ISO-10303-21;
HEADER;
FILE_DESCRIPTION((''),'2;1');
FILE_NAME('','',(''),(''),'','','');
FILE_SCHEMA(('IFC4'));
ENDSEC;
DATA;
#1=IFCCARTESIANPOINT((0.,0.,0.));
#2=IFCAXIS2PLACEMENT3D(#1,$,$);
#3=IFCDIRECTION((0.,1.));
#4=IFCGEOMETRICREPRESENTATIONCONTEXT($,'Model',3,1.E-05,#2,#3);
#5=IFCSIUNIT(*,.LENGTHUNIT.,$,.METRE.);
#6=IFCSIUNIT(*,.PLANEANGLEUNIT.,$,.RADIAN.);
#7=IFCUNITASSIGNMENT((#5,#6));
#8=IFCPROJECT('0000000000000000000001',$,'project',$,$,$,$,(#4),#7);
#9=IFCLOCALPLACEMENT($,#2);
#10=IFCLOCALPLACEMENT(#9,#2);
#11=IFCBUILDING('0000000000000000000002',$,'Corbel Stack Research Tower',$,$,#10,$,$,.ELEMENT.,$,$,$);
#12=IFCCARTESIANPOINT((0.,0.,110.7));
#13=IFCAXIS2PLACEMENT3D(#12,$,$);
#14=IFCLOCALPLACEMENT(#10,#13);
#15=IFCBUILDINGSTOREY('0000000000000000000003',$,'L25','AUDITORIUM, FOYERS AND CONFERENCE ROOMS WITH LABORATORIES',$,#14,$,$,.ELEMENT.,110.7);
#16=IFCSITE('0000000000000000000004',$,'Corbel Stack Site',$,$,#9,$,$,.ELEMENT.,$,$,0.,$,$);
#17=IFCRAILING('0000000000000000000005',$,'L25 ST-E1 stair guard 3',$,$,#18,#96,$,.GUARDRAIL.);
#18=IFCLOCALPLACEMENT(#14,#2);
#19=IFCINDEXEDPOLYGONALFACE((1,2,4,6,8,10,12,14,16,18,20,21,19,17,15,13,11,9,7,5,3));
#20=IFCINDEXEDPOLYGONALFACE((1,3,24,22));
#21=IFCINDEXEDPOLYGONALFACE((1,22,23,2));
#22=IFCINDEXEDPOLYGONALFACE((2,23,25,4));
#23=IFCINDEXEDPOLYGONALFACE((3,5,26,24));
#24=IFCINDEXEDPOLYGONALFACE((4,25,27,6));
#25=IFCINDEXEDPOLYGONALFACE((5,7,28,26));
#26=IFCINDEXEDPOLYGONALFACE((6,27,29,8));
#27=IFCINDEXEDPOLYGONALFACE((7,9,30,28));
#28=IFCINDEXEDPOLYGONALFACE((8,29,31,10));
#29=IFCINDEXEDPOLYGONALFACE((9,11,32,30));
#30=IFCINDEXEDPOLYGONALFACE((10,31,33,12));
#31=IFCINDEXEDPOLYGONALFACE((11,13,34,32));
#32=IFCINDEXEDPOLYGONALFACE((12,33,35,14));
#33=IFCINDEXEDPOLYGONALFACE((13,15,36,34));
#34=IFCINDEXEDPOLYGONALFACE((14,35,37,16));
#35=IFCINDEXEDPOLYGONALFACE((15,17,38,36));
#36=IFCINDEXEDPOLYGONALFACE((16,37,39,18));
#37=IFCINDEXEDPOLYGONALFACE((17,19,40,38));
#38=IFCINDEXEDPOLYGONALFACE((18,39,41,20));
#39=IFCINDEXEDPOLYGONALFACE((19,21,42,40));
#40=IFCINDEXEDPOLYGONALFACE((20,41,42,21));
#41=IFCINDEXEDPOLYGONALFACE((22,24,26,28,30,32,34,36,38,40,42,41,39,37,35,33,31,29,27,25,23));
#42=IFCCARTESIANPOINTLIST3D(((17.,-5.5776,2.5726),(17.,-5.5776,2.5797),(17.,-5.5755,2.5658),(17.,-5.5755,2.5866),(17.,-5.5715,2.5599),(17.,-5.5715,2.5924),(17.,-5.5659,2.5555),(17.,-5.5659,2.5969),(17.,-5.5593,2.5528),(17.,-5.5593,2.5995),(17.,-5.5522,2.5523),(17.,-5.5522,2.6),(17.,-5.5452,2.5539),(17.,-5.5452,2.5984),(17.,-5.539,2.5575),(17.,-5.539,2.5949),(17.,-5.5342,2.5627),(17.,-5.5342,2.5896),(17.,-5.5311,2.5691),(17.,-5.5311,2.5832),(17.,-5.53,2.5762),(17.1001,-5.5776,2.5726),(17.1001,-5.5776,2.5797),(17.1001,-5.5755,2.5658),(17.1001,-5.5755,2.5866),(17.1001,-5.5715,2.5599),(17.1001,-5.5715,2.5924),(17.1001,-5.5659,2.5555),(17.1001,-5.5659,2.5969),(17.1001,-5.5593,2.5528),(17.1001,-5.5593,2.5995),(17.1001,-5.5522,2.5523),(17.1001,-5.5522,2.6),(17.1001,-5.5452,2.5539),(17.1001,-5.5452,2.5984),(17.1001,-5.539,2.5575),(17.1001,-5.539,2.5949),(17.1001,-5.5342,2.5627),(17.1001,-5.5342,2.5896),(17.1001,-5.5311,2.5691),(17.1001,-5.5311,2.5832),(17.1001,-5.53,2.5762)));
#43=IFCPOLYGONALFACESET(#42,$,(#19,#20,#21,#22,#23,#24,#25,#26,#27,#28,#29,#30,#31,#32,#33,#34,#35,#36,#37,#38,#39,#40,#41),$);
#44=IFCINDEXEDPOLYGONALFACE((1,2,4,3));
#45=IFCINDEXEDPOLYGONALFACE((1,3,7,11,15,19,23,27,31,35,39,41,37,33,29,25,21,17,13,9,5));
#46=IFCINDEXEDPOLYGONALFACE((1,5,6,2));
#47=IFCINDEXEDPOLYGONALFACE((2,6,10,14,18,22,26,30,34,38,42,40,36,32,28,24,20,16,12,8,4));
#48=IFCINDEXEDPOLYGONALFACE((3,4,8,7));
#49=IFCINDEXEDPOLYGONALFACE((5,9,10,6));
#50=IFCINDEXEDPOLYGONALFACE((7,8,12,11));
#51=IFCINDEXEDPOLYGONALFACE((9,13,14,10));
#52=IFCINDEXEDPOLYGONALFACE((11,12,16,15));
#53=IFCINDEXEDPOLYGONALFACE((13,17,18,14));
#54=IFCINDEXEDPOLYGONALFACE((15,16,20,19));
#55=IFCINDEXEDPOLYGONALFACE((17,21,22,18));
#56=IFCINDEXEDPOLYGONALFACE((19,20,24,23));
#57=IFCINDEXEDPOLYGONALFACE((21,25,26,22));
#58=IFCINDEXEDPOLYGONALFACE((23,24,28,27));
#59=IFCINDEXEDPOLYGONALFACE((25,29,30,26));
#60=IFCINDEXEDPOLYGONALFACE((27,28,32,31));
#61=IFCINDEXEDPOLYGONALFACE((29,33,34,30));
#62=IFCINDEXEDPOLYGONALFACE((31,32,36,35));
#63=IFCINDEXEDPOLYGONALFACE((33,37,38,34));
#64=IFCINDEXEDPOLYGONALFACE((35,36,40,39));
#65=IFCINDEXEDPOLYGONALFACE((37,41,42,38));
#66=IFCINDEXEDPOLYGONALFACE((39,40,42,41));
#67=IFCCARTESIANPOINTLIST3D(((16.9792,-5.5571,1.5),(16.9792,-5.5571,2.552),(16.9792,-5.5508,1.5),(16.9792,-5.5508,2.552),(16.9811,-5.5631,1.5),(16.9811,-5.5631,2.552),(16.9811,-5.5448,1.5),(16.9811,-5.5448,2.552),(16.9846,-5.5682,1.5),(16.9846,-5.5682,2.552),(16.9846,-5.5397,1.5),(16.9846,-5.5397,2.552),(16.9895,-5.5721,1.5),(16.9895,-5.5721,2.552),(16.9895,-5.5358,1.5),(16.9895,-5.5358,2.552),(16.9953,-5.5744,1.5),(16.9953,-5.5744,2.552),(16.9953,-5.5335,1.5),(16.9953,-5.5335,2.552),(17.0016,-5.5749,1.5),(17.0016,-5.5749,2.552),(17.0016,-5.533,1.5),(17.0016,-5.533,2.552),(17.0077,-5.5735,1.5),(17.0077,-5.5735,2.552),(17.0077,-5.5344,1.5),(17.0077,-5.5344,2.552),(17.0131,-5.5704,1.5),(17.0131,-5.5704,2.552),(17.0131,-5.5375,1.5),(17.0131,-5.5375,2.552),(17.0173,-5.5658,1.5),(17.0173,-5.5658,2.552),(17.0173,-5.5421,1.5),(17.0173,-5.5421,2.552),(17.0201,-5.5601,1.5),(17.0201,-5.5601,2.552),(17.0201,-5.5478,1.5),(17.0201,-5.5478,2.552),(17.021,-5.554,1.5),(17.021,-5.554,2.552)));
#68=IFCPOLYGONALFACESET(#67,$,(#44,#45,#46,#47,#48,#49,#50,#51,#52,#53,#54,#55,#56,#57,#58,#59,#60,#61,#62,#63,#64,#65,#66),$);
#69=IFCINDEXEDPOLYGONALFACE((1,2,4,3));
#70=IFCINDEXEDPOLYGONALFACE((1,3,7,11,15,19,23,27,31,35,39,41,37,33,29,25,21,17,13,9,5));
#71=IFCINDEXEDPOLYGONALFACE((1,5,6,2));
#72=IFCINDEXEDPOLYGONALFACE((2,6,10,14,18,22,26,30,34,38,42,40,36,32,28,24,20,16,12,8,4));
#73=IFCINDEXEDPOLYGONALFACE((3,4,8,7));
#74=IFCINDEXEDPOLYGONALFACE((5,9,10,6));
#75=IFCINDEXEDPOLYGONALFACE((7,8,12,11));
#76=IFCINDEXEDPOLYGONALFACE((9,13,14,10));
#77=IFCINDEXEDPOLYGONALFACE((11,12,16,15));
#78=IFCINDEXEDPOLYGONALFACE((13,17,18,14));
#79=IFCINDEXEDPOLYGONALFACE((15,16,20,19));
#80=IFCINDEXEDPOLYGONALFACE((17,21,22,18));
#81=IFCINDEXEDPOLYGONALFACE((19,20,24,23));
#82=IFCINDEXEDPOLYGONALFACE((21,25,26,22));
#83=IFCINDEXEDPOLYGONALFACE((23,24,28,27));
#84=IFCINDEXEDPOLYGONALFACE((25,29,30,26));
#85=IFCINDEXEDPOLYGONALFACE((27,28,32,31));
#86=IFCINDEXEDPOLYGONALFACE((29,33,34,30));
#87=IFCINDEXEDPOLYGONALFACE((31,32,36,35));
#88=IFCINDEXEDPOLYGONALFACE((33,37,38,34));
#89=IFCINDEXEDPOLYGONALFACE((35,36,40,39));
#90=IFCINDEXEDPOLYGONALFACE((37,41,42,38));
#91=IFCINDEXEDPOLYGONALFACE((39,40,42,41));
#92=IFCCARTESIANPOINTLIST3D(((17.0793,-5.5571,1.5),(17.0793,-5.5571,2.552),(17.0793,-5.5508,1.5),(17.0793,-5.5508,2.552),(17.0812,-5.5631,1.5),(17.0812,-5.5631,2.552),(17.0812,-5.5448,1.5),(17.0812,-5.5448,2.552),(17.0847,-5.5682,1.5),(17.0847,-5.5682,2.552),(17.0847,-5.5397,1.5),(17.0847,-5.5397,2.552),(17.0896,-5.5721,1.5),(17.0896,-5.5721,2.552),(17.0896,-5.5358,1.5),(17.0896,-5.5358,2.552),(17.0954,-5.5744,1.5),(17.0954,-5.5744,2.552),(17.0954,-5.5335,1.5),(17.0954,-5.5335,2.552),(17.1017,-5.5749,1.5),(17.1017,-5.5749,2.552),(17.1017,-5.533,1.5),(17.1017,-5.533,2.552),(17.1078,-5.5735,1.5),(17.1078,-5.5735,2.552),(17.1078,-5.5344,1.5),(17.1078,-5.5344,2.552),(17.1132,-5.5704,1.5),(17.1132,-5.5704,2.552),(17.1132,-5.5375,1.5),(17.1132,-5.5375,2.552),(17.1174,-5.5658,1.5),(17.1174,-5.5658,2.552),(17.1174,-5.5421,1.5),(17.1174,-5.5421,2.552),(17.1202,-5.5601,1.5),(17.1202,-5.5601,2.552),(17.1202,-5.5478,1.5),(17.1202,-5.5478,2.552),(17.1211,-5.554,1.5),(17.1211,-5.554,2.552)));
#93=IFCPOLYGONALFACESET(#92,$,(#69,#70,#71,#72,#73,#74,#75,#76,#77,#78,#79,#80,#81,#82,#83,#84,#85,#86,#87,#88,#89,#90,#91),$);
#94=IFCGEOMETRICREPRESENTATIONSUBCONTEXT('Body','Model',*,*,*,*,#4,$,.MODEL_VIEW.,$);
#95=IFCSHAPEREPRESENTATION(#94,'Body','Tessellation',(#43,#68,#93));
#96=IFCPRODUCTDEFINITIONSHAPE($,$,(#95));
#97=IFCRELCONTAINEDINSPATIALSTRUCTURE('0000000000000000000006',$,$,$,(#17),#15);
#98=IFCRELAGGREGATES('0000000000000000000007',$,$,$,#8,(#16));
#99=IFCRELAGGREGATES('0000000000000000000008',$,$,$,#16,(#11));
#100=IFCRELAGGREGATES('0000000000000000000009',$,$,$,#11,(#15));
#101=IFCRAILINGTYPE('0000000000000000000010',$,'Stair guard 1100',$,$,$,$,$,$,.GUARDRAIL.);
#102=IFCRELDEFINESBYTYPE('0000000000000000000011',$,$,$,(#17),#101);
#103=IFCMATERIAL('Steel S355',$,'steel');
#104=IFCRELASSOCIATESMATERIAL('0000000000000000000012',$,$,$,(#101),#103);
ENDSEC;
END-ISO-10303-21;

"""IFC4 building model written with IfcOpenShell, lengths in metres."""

from ifc_helpers import new_model, si_unit, direction, frame, origin, origin_2d, place, context, subcontext, project, spatial, circle, extrude, material, type_object, element, save


model = new_model("IFC4")

# Units and contexts
model_context = context("Model", 3, precision=1e-05, world=origin(), true_north=direction((0.0, 1.0)))
body_context = subcontext(model_context, "Body", "Model", "MODEL_VIEW")
ifc_project = project(units=[si_unit("LENGTHUNIT", "METRE"), si_unit("PLANEANGLEUNIT", "RADIAN")], contexts=[model_context])

# Site, building, storey
site_placement = place(None, origin())
site = spatial("IfcSite", under=ifc_project, at=site_placement, Name="Corbel Stack Site", CompositionType="ELEMENT", RefElevation=0.0)
building_placement = place(site_placement, origin())
building = spatial("IfcBuilding", under=site, at=building_placement, Name="Corbel Stack Research Tower", CompositionType="ELEMENT")
storey_placement = place(building_placement, frame((0.0, 0.0, 110.7)))
storey = spatial("IfcBuildingStorey", under=building, at=storey_placement, Name="L25", Description="AUDITORIUM, FOYERS AND CONFERENCE ROOMS WITH LABORATORIES", CompositionType="ELEMENT", Elevation=110.7)

# Railing
ifc_material_1 = material(Name="Steel S355", Category="steel")
railing_type_1 = type_object("IfcRailingType", Name="Stair guard 1100", PredefinedType="GUARDRAIL", material=ifc_material_1)
railing_1_placement = place(storey_placement, frame((17.0, -5.554, 1.5)))
element("IfcRailing", 1, at=railing_1_placement, inside=storey, type_object=railing_type_1, Name="L25 ST-E1 stair guard 3", PredefinedType="GUARDRAIL", context=body_context, shape_type="SweptSolid", body=[
    extrude(circle(Radius=0.0239, at=origin_2d()), frame((0.0, 0.0, 1.0762), z_axis=(1.0, 0.0, 0.0), x_axis=(0.0, 1.0, 0.0)), (0.0, 0.0, 1.0), 0.1001),
    extrude(circle(Radius=0.021, at=origin_2d()), origin(), (0.0, 0.0, 1.0), 1.052),
    extrude(circle(Radius=0.021, at=origin_2d()), frame((0.1001, 0.0, 0.0)), (0.0, 0.0, 1.0), 1.052),
])

save(model, "model.ifc")
